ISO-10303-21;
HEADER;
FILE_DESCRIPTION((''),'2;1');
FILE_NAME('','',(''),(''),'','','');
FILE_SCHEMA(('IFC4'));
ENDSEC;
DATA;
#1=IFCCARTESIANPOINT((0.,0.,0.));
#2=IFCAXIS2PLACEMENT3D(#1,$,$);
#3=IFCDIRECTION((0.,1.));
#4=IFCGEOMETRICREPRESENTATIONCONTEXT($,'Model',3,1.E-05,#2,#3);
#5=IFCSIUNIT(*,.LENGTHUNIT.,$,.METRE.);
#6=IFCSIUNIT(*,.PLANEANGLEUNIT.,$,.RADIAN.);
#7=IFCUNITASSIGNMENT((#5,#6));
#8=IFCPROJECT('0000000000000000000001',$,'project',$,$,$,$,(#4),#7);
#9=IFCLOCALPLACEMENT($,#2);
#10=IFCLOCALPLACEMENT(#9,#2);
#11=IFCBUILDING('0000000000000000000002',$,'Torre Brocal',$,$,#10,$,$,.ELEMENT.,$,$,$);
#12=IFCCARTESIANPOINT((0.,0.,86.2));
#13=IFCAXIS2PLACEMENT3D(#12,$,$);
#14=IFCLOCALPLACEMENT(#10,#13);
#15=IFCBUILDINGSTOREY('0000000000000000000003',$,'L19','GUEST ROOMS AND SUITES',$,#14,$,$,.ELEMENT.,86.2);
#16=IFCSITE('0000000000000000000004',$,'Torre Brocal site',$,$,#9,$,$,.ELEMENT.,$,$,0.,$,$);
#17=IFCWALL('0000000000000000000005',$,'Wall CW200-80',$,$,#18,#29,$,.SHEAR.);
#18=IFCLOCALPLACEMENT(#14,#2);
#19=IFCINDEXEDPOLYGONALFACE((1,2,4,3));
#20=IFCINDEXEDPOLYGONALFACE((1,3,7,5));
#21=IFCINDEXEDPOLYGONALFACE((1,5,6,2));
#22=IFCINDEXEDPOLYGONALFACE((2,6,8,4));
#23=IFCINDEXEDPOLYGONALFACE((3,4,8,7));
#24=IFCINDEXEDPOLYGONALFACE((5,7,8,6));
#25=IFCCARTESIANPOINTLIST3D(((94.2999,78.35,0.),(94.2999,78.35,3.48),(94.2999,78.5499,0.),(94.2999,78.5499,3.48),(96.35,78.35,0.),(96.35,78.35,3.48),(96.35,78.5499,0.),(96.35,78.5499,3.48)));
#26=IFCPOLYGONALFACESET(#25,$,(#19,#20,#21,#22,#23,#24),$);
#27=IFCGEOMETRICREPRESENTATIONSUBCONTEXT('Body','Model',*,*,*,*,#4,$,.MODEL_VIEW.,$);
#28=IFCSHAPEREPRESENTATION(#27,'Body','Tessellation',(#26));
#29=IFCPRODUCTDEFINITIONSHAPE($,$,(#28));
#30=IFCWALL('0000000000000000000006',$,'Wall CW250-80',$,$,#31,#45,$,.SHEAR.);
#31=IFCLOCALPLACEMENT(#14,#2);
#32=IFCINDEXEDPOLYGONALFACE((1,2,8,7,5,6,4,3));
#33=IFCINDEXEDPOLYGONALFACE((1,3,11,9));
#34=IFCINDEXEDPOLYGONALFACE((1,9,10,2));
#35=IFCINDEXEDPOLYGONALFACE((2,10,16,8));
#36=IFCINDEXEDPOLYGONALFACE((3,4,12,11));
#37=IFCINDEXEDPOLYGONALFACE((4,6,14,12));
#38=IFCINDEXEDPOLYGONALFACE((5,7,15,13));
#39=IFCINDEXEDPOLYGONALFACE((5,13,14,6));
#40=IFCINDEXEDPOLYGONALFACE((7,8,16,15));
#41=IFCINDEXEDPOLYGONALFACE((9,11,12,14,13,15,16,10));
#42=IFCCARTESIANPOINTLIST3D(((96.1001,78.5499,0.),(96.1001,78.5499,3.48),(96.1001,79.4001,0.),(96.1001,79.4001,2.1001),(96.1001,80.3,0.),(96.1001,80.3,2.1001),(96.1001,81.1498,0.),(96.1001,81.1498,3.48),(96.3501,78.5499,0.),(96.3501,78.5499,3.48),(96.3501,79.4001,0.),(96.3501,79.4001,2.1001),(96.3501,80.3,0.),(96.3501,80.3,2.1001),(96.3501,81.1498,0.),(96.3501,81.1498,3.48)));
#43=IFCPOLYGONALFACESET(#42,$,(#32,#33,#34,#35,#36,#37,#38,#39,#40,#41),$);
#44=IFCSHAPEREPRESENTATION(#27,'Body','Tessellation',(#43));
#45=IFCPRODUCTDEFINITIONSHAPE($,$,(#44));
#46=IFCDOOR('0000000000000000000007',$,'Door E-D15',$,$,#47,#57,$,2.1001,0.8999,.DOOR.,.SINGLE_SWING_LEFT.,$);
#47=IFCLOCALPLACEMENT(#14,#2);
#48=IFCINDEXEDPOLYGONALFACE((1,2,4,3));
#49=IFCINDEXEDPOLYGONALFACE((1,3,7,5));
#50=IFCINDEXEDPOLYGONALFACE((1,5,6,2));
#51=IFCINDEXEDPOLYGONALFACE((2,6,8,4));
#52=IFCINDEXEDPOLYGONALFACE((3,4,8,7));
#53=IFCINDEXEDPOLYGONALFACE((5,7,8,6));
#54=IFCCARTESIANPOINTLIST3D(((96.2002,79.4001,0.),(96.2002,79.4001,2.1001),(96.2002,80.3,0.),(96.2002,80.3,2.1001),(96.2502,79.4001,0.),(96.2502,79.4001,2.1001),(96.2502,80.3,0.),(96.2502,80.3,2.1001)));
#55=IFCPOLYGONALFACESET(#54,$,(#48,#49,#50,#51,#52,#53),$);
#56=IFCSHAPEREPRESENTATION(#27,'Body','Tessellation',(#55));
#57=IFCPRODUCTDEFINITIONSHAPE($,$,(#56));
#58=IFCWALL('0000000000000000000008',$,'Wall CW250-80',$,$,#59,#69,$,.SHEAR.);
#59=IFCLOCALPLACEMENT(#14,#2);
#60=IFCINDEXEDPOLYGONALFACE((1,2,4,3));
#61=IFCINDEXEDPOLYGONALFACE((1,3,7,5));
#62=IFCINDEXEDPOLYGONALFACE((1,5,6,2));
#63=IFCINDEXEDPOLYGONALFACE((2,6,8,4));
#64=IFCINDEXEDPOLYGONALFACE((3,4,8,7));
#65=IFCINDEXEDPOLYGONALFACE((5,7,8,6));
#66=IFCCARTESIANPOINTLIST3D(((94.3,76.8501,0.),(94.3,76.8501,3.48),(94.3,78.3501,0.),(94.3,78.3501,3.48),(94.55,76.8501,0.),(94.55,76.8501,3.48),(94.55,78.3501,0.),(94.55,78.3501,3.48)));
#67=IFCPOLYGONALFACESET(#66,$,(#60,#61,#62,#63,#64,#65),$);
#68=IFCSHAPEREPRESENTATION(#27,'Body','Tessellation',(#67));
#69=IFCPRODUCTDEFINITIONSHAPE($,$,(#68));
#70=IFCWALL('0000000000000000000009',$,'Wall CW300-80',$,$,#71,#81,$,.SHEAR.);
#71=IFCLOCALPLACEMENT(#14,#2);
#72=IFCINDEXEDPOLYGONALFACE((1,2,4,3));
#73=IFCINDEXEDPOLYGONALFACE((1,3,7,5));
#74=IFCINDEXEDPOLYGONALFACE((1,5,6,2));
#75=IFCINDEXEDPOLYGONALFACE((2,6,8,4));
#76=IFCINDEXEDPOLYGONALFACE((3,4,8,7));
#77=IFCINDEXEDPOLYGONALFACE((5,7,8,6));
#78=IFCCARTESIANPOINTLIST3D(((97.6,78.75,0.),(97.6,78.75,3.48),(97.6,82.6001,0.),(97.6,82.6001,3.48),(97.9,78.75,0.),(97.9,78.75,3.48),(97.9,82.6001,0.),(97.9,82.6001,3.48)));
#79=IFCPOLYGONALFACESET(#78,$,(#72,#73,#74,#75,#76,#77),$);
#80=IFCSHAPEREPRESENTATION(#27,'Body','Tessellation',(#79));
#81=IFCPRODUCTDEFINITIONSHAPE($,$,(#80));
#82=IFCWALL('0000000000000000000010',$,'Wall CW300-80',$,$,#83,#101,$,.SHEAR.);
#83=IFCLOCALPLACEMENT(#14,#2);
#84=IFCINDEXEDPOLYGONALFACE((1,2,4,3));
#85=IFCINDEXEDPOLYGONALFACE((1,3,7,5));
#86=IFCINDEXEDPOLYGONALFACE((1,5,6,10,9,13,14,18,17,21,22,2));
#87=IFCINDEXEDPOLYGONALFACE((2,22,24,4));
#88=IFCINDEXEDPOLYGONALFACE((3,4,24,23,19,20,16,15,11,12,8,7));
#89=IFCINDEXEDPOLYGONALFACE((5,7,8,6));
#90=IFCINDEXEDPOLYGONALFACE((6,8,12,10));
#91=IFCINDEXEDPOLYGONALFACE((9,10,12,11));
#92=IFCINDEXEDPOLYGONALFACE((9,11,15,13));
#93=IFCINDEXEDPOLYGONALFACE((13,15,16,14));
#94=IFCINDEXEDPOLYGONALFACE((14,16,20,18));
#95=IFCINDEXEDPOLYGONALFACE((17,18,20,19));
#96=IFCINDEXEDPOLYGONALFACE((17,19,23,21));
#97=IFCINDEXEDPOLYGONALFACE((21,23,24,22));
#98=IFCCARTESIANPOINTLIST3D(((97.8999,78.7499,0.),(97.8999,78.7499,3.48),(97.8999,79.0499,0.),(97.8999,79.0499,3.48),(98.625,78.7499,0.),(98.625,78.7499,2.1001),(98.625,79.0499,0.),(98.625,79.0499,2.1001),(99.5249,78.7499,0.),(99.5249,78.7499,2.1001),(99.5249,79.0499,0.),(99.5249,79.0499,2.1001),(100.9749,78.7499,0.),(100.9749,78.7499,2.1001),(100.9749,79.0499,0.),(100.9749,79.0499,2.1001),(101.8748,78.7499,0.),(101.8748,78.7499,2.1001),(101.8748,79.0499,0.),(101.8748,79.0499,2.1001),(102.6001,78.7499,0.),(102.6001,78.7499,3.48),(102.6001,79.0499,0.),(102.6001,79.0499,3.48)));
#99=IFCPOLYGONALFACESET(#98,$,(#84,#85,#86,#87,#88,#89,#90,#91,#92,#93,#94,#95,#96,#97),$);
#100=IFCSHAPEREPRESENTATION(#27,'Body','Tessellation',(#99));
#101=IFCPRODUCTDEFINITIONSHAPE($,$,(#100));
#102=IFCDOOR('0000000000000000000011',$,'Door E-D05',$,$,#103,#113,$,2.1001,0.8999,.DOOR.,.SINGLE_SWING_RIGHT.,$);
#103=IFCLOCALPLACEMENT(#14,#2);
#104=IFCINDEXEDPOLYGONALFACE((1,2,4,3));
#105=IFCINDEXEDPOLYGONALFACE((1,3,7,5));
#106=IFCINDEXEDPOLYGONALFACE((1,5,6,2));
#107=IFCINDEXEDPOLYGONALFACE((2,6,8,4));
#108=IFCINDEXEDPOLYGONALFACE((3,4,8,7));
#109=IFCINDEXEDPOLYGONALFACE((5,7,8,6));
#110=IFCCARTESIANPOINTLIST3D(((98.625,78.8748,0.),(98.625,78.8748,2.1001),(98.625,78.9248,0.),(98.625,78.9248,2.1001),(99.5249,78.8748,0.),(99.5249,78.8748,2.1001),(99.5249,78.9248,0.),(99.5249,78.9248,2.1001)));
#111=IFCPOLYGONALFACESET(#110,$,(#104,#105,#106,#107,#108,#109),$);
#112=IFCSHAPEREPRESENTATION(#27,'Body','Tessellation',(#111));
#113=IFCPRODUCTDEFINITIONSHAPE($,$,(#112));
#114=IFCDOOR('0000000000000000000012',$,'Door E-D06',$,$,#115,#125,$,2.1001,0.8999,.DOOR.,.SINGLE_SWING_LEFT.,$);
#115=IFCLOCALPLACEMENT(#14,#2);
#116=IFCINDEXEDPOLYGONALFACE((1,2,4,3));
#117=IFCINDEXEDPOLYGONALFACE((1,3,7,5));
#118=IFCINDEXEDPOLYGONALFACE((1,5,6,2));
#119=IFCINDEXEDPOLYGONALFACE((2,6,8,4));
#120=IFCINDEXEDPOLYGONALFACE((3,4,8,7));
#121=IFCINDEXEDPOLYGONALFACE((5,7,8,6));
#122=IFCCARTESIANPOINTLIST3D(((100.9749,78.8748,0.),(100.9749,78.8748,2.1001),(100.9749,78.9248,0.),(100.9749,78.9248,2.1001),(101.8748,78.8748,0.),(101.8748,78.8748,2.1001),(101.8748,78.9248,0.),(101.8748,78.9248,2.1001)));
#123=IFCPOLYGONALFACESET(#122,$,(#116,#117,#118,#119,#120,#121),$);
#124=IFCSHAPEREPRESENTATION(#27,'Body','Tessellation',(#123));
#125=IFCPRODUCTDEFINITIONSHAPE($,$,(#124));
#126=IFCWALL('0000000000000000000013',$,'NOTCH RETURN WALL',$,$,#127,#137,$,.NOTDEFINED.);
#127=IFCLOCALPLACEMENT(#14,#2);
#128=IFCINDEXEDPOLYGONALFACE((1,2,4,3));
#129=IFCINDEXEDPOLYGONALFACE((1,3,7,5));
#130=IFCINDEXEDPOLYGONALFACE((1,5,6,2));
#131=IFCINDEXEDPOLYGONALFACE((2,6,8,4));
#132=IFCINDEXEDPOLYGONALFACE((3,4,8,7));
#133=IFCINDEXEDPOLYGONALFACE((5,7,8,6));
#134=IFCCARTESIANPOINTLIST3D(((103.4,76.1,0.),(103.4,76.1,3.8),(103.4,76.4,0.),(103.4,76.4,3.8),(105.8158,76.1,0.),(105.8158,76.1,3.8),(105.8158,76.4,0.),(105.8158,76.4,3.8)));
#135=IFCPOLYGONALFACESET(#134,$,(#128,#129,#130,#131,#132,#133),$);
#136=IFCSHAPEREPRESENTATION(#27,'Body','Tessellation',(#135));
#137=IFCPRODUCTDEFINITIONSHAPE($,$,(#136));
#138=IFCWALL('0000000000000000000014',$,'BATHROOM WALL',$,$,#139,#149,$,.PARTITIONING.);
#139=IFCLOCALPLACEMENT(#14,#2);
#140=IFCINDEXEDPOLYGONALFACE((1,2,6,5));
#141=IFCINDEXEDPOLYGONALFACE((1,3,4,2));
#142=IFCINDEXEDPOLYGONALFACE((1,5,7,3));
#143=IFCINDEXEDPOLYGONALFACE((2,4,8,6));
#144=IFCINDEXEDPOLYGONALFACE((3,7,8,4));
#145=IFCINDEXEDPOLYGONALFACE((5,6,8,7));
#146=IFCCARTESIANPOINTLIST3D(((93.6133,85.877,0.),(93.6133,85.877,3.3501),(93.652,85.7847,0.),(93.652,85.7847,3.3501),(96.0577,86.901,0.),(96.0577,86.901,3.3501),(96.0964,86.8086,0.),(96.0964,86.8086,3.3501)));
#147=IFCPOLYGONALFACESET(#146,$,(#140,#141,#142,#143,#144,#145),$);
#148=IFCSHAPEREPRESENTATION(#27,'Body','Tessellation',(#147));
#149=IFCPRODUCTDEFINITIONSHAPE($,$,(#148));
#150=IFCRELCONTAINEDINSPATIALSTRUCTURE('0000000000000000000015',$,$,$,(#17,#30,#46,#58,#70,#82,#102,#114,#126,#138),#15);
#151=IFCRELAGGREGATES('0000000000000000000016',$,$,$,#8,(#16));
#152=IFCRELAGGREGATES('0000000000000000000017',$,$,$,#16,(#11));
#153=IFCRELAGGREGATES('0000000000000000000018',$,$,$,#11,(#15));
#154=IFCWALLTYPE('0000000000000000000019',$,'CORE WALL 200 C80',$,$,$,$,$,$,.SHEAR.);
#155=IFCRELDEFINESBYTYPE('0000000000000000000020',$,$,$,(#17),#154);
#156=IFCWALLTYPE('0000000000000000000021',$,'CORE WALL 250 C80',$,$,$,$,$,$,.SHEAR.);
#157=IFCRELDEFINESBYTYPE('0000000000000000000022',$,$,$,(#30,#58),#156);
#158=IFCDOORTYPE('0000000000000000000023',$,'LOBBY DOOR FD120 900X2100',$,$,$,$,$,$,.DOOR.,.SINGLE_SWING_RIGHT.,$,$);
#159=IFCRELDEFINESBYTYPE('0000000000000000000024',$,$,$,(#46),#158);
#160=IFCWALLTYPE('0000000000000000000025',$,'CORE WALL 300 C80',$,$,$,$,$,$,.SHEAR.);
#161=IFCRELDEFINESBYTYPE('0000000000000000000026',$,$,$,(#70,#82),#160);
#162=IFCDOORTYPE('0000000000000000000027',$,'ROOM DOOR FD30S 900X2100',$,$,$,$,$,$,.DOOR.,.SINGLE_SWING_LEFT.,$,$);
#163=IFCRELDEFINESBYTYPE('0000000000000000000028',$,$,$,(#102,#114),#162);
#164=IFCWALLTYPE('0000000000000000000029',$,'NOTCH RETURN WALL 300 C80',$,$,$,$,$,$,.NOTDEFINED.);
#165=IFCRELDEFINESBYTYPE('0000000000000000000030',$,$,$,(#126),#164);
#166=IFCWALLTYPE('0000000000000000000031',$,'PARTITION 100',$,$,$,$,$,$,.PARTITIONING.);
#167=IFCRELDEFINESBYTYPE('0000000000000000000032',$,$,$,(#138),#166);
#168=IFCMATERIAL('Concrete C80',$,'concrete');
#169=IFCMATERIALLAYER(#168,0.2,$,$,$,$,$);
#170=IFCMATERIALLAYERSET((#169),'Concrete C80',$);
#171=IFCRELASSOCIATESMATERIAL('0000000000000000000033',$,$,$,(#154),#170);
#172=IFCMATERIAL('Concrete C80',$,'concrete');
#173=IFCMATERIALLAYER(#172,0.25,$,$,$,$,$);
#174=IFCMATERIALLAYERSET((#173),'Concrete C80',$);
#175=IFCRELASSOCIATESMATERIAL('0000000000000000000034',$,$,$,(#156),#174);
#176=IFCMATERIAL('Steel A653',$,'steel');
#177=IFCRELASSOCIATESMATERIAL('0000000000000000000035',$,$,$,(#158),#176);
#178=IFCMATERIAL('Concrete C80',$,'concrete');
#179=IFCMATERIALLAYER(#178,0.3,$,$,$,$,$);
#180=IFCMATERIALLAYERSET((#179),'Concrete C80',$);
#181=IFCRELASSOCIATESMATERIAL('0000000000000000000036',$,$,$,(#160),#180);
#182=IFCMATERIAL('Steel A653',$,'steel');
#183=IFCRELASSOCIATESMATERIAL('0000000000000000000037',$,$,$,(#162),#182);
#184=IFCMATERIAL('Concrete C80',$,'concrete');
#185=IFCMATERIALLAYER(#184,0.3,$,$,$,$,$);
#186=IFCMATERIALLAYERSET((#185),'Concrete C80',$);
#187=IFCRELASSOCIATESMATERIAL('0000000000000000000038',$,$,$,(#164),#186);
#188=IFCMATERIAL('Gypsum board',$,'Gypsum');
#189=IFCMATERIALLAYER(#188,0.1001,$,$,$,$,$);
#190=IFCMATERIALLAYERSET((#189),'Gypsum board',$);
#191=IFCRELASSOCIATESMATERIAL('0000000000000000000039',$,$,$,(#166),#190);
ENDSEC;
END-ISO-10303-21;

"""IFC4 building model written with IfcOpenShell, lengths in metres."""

from ifc_helpers import new_model, si_unit, direction, frame, frame_2d, origin, place, context, subcontext, project, spatial, rectangle, extrude, material, layer, layer_set, type_object, element, fill, save


model = new_model("IFC4")

# Units and contexts
model_context = context("Model", 3, precision=1e-05, world=origin(), true_north=direction((0.0, 1.0)))
body_context = subcontext(model_context, "Body", "Model", "MODEL_VIEW")
ifc_project = project(units=[si_unit("LENGTHUNIT", "METRE"), si_unit("PLANEANGLEUNIT", "RADIAN")], contexts=[model_context])

# Site, building, storey
site_placement = place(None, origin())
site = spatial("IfcSite", under=ifc_project, at=site_placement, Name="Torre Brocal site", CompositionType="ELEMENT", RefElevation=0.0)
building_placement = place(site_placement, origin())
building = spatial("IfcBuilding", under=site, at=building_placement, Name="Torre Brocal", CompositionType="ELEMENT")
storey_placement = place(building_placement, frame((0.0, 0.0, 86.2)))
storey = spatial("IfcBuildingStorey", under=building, at=storey_placement, Name="L19", Description="GUEST ROOMS AND SUITES", CompositionType="ELEMENT", Elevation=86.2)

# Wall
ifc_material_1 = material(Name="Concrete C80", Category="concrete")
ifc_layer_1 = layer(ifc_material_1, 0.2)
ifc_layer_set_1 = layer_set([ifc_layer_1], Name="Concrete C80")
wall_type_1 = type_object("IfcWallType", Name="CORE WALL 200 C80", PredefinedType="SHEAR", material=ifc_layer_set_1)
wall_1_placement = place(storey_placement, frame((94.3, 78.45, 0.0), z_axis=(0.0, 0.0, 1.0), x_axis=(1.0, 0.0, 0.0)))
element("IfcWall", 1, at=wall_1_placement, inside=storey, type_object=wall_type_1, Name="Wall CW200-80", PredefinedType="SHEAR", context=body_context, shape_type="SweptSolid", body=[
    extrude(rectangle(XDim=2.05, YDim=0.2, at=frame_2d((1.0249, 0.0))), origin(), (0.0, 0.0, 1.0), 3.48),
])

# Wall, opening, door
ifc_material_2 = material(Name="Concrete C80", Category="concrete")
ifc_layer_2 = layer(ifc_material_2, 0.25)
ifc_layer_set_2 = layer_set([ifc_layer_2], Name="Concrete C80")
wall_type_2 = type_object("IfcWallType", Name="CORE WALL 250 C80", PredefinedType="SHEAR", material=ifc_layer_set_2)
wall_2_placement = place(storey_placement, frame((96.2251, 78.55, 0.0), z_axis=(0.0, 0.0, 1.0), x_axis=(0.0, 1.0, 0.0)))
wall_2 = element("IfcWall", 2, at=wall_2_placement, inside=storey, type_object=wall_type_2, Name="Wall CW250-80", PredefinedType="SHEAR", context=body_context, shape_type="SweptSolid", body=[
    extrude(rectangle(XDim=2.5999, YDim=0.25, at=frame_2d((1.2998, 0.0))), origin(), (0.0, 0.0, 1.0), 3.48),
])
opening_1_placement = place(wall_2_placement, frame((0.8501, 0.0, 0.0)))
opening_1 = element("IfcOpeningElement", 3, at=opening_1_placement, cuts=wall_2, PredefinedType="OPENING", context=body_context, shape_type="SweptSolid", body=[
    extrude(rectangle(XDim=0.8999, YDim=2.1001, at=frame_2d((0.45, 1.05))), frame((0.0, 0.135, 0.0), z_axis=(0.0, -1.0, 0.0), x_axis=(1.0, 0.0, 0.0)), (0.0, 0.0, 1.0), 0.27),
])
ifc_material_3 = material(Name="Steel A653", Category="steel")
door_type_1 = type_object("IfcDoorType", Name="LOBBY DOOR FD120 900X2100", OperationType="SINGLE_SWING_RIGHT", PredefinedType="DOOR", material=ifc_material_3)
door_1_placement = place(opening_1_placement, origin())
door_1 = element("IfcDoor", 4, at=door_1_placement, inside=storey, type_object=door_type_1, Name="Door E-D15", OperationType="SINGLE_SWING_LEFT", OverallHeight=2.1001, OverallWidth=0.8999, PredefinedType="DOOR", context=body_context, shape_type="SweptSolid", body=[
    extrude(rectangle(XDim=0.8999, YDim=2.1001, at=frame_2d((0.45, 1.05))), frame((0.0, 0.0249, 0.0), z_axis=(0.0, -1.0, 0.0), x_axis=(1.0, 0.0, 0.0)), (0.0, 0.0, 1.0), 0.05),
])
fill(opening_1, door_1)

# Walls
wall_3_placement = place(storey_placement, frame((94.425, 76.8501, 0.0), z_axis=(0.0, 0.0, 1.0), x_axis=(0.0, 1.0, 0.0)))
element("IfcWall", 5, at=wall_3_placement, inside=storey, type_object=wall_type_2, Name="Wall CW250-80", PredefinedType="SHEAR", context=body_context, shape_type="SweptSolid", body=[
    extrude(rectangle(XDim=1.5, YDim=0.25, at=frame_2d((0.75, 0.0))), origin(), (0.0, 0.0, 1.0), 3.48),
])
ifc_material_4 = material(Name="Concrete C80", Category="concrete")
ifc_layer_3 = layer(ifc_material_4, 0.3)
ifc_layer_set_3 = layer_set([ifc_layer_3], Name="Concrete C80")
wall_type_3 = type_object("IfcWallType", Name="CORE WALL 300 C80", PredefinedType="SHEAR", material=ifc_layer_set_3)
wall_4_placement = place(storey_placement, frame((97.75, 78.75, 0.0), z_axis=(0.0, 0.0, 1.0), x_axis=(0.0, 1.0, 0.0)))
element("IfcWall", 6, at=wall_4_placement, inside=storey, type_object=wall_type_3, Name="Wall CW300-80", PredefinedType="SHEAR", context=body_context, shape_type="SweptSolid", body=[
    extrude(rectangle(XDim=3.8501, YDim=0.3, at=frame_2d((1.925, 0.0))), origin(), (0.0, 0.0, 1.0), 3.48),
])

# Wall, openings, doors
wall_5_placement = place(storey_placement, frame((97.8999, 78.8999, 0.0), z_axis=(0.0, 0.0, 1.0), x_axis=(1.0, 0.0, 0.0)))
wall_5 = element("IfcWall", 7, at=wall_5_placement, inside=storey, type_object=wall_type_3, Name="Wall CW300-80", PredefinedType="SHEAR", context=body_context, shape_type="SweptSolid", body=[
    extrude(rectangle(XDim=4.7002, YDim=0.3, at=frame_2d((2.3501, 0.0))), origin(), (0.0, 0.0, 1.0), 3.48),
])
opening_2_placement = place(wall_5_placement, frame((0.7251, 0.0, 0.0)))
opening_2 = element("IfcOpeningElement", 8, at=opening_2_placement, cuts=wall_5, PredefinedType="OPENING", context=body_context, shape_type="SweptSolid", body=[
    extrude(rectangle(XDim=0.8999, YDim=2.1001, at=frame_2d((0.45, 1.05))), frame((0.0, 0.1599, 0.0), z_axis=(0.0, -1.0, 0.0), x_axis=(1.0, 0.0, 0.0)), (0.0, 0.0, 1.0), 0.3201),
])
opening_3_placement = place(wall_5_placement, frame((3.075, 0.0, 0.0)))
opening_3 = element("IfcOpeningElement", 9, at=opening_3_placement, cuts=wall_5, PredefinedType="OPENING", context=body_context, shape_type="SweptSolid", body=[
    extrude(rectangle(XDim=0.8999, YDim=2.1001, at=frame_2d((0.45, 1.05))), frame((0.0, 0.1599, 0.0), z_axis=(0.0, -1.0, 0.0), x_axis=(1.0, 0.0, 0.0)), (0.0, 0.0, 1.0), 0.3201),
])
ifc_material_5 = material(Name="Steel A653", Category="steel")
door_type_2 = type_object("IfcDoorType", Name="ROOM DOOR FD30S 900X2100", OperationType="SINGLE_SWING_LEFT", PredefinedType="DOOR", material=ifc_material_5)
door_2_placement = place(opening_2_placement, origin())
door_2 = element("IfcDoor", 10, at=door_2_placement, inside=storey, type_object=door_type_2, Name="Door E-D05", OperationType="SINGLE_SWING_RIGHT", OverallHeight=2.1001, OverallWidth=0.8999, PredefinedType="DOOR", context=body_context, shape_type="SweptSolid", body=[
    extrude(rectangle(XDim=0.8999, YDim=2.1001, at=frame_2d((0.45, 1.05))), frame((0.0, 0.0249, 0.0), z_axis=(0.0, -1.0, 0.0), x_axis=(1.0, 0.0, 0.0)), (0.0, 0.0, 1.0), 0.05),
])
fill(opening_2, door_2)
door_3_placement = place(opening_3_placement, origin())
door_3 = element("IfcDoor", 11, at=door_3_placement, inside=storey, type_object=door_type_2, Name="Door E-D06", OperationType="SINGLE_SWING_LEFT", OverallHeight=2.1001, OverallWidth=0.8999, PredefinedType="DOOR", context=body_context, shape_type="SweptSolid", body=[
    extrude(rectangle(XDim=0.8999, YDim=2.1001, at=frame_2d((0.45, 1.05))), frame((0.0, 0.0249, 0.0), z_axis=(0.0, -1.0, 0.0), x_axis=(1.0, 0.0, 0.0)), (0.0, 0.0, 1.0), 0.05),
])
fill(opening_3, door_3)

# Walls
ifc_material_6 = material(Name="Concrete C80", Category="concrete")
ifc_layer_4 = layer(ifc_material_6, 0.3)
ifc_layer_set_4 = layer_set([ifc_layer_4], Name="Concrete C80")
wall_type_4 = type_object("IfcWallType", Name="NOTCH RETURN WALL 300 C80", PredefinedType="NOTDEFINED", material=ifc_layer_set_4)
wall_6_placement = place(storey_placement, frame((103.3999, 76.25, 0.0), z_axis=(0.0, 0.0, 1.0), x_axis=(1.0, 0.0, 0.0)))
element("IfcWall", 12, at=wall_6_placement, inside=storey, type_object=wall_type_4, Name="NOTCH RETURN WALL", PredefinedType="NOTDEFINED", context=body_context, shape_type="SweptSolid", body=[
    extrude(rectangle(XDim=2.4158, YDim=0.3, at=frame_2d((1.208, 0.0))), origin(), (0.0, 0.0, 1.0), 3.8),
])
ifc_material_7 = material(Name="Gypsum board", Category="Gypsum")
ifc_layer_5 = layer(ifc_material_7, 0.1001)
ifc_layer_set_5 = layer_set([ifc_layer_5], Name="Gypsum board")
wall_type_5 = type_object("IfcWallType", Name="PARTITION 100", PredefinedType="PARTITIONING", material=ifc_layer_set_5)
wall_7_placement = place(storey_placement, frame((93.6326, 85.8308, 0.0), z_axis=(0.0, 0.0, 1.0), x_axis=(0.922345, 0.386368, 0.0)))
element("IfcWall", 13, at=wall_7_placement, inside=storey, type_object=wall_type_5, Name="BATHROOM WALL", PredefinedType="PARTITIONING", context=body_context, shape_type="SweptSolid", body=[
    extrude(rectangle(XDim=2.6501, YDim=0.1001, at=frame_2d((1.3252, 0.0))), origin(), (0.0, 0.0, 1.0), 3.3501),
])

save(model, "model.ifc")
